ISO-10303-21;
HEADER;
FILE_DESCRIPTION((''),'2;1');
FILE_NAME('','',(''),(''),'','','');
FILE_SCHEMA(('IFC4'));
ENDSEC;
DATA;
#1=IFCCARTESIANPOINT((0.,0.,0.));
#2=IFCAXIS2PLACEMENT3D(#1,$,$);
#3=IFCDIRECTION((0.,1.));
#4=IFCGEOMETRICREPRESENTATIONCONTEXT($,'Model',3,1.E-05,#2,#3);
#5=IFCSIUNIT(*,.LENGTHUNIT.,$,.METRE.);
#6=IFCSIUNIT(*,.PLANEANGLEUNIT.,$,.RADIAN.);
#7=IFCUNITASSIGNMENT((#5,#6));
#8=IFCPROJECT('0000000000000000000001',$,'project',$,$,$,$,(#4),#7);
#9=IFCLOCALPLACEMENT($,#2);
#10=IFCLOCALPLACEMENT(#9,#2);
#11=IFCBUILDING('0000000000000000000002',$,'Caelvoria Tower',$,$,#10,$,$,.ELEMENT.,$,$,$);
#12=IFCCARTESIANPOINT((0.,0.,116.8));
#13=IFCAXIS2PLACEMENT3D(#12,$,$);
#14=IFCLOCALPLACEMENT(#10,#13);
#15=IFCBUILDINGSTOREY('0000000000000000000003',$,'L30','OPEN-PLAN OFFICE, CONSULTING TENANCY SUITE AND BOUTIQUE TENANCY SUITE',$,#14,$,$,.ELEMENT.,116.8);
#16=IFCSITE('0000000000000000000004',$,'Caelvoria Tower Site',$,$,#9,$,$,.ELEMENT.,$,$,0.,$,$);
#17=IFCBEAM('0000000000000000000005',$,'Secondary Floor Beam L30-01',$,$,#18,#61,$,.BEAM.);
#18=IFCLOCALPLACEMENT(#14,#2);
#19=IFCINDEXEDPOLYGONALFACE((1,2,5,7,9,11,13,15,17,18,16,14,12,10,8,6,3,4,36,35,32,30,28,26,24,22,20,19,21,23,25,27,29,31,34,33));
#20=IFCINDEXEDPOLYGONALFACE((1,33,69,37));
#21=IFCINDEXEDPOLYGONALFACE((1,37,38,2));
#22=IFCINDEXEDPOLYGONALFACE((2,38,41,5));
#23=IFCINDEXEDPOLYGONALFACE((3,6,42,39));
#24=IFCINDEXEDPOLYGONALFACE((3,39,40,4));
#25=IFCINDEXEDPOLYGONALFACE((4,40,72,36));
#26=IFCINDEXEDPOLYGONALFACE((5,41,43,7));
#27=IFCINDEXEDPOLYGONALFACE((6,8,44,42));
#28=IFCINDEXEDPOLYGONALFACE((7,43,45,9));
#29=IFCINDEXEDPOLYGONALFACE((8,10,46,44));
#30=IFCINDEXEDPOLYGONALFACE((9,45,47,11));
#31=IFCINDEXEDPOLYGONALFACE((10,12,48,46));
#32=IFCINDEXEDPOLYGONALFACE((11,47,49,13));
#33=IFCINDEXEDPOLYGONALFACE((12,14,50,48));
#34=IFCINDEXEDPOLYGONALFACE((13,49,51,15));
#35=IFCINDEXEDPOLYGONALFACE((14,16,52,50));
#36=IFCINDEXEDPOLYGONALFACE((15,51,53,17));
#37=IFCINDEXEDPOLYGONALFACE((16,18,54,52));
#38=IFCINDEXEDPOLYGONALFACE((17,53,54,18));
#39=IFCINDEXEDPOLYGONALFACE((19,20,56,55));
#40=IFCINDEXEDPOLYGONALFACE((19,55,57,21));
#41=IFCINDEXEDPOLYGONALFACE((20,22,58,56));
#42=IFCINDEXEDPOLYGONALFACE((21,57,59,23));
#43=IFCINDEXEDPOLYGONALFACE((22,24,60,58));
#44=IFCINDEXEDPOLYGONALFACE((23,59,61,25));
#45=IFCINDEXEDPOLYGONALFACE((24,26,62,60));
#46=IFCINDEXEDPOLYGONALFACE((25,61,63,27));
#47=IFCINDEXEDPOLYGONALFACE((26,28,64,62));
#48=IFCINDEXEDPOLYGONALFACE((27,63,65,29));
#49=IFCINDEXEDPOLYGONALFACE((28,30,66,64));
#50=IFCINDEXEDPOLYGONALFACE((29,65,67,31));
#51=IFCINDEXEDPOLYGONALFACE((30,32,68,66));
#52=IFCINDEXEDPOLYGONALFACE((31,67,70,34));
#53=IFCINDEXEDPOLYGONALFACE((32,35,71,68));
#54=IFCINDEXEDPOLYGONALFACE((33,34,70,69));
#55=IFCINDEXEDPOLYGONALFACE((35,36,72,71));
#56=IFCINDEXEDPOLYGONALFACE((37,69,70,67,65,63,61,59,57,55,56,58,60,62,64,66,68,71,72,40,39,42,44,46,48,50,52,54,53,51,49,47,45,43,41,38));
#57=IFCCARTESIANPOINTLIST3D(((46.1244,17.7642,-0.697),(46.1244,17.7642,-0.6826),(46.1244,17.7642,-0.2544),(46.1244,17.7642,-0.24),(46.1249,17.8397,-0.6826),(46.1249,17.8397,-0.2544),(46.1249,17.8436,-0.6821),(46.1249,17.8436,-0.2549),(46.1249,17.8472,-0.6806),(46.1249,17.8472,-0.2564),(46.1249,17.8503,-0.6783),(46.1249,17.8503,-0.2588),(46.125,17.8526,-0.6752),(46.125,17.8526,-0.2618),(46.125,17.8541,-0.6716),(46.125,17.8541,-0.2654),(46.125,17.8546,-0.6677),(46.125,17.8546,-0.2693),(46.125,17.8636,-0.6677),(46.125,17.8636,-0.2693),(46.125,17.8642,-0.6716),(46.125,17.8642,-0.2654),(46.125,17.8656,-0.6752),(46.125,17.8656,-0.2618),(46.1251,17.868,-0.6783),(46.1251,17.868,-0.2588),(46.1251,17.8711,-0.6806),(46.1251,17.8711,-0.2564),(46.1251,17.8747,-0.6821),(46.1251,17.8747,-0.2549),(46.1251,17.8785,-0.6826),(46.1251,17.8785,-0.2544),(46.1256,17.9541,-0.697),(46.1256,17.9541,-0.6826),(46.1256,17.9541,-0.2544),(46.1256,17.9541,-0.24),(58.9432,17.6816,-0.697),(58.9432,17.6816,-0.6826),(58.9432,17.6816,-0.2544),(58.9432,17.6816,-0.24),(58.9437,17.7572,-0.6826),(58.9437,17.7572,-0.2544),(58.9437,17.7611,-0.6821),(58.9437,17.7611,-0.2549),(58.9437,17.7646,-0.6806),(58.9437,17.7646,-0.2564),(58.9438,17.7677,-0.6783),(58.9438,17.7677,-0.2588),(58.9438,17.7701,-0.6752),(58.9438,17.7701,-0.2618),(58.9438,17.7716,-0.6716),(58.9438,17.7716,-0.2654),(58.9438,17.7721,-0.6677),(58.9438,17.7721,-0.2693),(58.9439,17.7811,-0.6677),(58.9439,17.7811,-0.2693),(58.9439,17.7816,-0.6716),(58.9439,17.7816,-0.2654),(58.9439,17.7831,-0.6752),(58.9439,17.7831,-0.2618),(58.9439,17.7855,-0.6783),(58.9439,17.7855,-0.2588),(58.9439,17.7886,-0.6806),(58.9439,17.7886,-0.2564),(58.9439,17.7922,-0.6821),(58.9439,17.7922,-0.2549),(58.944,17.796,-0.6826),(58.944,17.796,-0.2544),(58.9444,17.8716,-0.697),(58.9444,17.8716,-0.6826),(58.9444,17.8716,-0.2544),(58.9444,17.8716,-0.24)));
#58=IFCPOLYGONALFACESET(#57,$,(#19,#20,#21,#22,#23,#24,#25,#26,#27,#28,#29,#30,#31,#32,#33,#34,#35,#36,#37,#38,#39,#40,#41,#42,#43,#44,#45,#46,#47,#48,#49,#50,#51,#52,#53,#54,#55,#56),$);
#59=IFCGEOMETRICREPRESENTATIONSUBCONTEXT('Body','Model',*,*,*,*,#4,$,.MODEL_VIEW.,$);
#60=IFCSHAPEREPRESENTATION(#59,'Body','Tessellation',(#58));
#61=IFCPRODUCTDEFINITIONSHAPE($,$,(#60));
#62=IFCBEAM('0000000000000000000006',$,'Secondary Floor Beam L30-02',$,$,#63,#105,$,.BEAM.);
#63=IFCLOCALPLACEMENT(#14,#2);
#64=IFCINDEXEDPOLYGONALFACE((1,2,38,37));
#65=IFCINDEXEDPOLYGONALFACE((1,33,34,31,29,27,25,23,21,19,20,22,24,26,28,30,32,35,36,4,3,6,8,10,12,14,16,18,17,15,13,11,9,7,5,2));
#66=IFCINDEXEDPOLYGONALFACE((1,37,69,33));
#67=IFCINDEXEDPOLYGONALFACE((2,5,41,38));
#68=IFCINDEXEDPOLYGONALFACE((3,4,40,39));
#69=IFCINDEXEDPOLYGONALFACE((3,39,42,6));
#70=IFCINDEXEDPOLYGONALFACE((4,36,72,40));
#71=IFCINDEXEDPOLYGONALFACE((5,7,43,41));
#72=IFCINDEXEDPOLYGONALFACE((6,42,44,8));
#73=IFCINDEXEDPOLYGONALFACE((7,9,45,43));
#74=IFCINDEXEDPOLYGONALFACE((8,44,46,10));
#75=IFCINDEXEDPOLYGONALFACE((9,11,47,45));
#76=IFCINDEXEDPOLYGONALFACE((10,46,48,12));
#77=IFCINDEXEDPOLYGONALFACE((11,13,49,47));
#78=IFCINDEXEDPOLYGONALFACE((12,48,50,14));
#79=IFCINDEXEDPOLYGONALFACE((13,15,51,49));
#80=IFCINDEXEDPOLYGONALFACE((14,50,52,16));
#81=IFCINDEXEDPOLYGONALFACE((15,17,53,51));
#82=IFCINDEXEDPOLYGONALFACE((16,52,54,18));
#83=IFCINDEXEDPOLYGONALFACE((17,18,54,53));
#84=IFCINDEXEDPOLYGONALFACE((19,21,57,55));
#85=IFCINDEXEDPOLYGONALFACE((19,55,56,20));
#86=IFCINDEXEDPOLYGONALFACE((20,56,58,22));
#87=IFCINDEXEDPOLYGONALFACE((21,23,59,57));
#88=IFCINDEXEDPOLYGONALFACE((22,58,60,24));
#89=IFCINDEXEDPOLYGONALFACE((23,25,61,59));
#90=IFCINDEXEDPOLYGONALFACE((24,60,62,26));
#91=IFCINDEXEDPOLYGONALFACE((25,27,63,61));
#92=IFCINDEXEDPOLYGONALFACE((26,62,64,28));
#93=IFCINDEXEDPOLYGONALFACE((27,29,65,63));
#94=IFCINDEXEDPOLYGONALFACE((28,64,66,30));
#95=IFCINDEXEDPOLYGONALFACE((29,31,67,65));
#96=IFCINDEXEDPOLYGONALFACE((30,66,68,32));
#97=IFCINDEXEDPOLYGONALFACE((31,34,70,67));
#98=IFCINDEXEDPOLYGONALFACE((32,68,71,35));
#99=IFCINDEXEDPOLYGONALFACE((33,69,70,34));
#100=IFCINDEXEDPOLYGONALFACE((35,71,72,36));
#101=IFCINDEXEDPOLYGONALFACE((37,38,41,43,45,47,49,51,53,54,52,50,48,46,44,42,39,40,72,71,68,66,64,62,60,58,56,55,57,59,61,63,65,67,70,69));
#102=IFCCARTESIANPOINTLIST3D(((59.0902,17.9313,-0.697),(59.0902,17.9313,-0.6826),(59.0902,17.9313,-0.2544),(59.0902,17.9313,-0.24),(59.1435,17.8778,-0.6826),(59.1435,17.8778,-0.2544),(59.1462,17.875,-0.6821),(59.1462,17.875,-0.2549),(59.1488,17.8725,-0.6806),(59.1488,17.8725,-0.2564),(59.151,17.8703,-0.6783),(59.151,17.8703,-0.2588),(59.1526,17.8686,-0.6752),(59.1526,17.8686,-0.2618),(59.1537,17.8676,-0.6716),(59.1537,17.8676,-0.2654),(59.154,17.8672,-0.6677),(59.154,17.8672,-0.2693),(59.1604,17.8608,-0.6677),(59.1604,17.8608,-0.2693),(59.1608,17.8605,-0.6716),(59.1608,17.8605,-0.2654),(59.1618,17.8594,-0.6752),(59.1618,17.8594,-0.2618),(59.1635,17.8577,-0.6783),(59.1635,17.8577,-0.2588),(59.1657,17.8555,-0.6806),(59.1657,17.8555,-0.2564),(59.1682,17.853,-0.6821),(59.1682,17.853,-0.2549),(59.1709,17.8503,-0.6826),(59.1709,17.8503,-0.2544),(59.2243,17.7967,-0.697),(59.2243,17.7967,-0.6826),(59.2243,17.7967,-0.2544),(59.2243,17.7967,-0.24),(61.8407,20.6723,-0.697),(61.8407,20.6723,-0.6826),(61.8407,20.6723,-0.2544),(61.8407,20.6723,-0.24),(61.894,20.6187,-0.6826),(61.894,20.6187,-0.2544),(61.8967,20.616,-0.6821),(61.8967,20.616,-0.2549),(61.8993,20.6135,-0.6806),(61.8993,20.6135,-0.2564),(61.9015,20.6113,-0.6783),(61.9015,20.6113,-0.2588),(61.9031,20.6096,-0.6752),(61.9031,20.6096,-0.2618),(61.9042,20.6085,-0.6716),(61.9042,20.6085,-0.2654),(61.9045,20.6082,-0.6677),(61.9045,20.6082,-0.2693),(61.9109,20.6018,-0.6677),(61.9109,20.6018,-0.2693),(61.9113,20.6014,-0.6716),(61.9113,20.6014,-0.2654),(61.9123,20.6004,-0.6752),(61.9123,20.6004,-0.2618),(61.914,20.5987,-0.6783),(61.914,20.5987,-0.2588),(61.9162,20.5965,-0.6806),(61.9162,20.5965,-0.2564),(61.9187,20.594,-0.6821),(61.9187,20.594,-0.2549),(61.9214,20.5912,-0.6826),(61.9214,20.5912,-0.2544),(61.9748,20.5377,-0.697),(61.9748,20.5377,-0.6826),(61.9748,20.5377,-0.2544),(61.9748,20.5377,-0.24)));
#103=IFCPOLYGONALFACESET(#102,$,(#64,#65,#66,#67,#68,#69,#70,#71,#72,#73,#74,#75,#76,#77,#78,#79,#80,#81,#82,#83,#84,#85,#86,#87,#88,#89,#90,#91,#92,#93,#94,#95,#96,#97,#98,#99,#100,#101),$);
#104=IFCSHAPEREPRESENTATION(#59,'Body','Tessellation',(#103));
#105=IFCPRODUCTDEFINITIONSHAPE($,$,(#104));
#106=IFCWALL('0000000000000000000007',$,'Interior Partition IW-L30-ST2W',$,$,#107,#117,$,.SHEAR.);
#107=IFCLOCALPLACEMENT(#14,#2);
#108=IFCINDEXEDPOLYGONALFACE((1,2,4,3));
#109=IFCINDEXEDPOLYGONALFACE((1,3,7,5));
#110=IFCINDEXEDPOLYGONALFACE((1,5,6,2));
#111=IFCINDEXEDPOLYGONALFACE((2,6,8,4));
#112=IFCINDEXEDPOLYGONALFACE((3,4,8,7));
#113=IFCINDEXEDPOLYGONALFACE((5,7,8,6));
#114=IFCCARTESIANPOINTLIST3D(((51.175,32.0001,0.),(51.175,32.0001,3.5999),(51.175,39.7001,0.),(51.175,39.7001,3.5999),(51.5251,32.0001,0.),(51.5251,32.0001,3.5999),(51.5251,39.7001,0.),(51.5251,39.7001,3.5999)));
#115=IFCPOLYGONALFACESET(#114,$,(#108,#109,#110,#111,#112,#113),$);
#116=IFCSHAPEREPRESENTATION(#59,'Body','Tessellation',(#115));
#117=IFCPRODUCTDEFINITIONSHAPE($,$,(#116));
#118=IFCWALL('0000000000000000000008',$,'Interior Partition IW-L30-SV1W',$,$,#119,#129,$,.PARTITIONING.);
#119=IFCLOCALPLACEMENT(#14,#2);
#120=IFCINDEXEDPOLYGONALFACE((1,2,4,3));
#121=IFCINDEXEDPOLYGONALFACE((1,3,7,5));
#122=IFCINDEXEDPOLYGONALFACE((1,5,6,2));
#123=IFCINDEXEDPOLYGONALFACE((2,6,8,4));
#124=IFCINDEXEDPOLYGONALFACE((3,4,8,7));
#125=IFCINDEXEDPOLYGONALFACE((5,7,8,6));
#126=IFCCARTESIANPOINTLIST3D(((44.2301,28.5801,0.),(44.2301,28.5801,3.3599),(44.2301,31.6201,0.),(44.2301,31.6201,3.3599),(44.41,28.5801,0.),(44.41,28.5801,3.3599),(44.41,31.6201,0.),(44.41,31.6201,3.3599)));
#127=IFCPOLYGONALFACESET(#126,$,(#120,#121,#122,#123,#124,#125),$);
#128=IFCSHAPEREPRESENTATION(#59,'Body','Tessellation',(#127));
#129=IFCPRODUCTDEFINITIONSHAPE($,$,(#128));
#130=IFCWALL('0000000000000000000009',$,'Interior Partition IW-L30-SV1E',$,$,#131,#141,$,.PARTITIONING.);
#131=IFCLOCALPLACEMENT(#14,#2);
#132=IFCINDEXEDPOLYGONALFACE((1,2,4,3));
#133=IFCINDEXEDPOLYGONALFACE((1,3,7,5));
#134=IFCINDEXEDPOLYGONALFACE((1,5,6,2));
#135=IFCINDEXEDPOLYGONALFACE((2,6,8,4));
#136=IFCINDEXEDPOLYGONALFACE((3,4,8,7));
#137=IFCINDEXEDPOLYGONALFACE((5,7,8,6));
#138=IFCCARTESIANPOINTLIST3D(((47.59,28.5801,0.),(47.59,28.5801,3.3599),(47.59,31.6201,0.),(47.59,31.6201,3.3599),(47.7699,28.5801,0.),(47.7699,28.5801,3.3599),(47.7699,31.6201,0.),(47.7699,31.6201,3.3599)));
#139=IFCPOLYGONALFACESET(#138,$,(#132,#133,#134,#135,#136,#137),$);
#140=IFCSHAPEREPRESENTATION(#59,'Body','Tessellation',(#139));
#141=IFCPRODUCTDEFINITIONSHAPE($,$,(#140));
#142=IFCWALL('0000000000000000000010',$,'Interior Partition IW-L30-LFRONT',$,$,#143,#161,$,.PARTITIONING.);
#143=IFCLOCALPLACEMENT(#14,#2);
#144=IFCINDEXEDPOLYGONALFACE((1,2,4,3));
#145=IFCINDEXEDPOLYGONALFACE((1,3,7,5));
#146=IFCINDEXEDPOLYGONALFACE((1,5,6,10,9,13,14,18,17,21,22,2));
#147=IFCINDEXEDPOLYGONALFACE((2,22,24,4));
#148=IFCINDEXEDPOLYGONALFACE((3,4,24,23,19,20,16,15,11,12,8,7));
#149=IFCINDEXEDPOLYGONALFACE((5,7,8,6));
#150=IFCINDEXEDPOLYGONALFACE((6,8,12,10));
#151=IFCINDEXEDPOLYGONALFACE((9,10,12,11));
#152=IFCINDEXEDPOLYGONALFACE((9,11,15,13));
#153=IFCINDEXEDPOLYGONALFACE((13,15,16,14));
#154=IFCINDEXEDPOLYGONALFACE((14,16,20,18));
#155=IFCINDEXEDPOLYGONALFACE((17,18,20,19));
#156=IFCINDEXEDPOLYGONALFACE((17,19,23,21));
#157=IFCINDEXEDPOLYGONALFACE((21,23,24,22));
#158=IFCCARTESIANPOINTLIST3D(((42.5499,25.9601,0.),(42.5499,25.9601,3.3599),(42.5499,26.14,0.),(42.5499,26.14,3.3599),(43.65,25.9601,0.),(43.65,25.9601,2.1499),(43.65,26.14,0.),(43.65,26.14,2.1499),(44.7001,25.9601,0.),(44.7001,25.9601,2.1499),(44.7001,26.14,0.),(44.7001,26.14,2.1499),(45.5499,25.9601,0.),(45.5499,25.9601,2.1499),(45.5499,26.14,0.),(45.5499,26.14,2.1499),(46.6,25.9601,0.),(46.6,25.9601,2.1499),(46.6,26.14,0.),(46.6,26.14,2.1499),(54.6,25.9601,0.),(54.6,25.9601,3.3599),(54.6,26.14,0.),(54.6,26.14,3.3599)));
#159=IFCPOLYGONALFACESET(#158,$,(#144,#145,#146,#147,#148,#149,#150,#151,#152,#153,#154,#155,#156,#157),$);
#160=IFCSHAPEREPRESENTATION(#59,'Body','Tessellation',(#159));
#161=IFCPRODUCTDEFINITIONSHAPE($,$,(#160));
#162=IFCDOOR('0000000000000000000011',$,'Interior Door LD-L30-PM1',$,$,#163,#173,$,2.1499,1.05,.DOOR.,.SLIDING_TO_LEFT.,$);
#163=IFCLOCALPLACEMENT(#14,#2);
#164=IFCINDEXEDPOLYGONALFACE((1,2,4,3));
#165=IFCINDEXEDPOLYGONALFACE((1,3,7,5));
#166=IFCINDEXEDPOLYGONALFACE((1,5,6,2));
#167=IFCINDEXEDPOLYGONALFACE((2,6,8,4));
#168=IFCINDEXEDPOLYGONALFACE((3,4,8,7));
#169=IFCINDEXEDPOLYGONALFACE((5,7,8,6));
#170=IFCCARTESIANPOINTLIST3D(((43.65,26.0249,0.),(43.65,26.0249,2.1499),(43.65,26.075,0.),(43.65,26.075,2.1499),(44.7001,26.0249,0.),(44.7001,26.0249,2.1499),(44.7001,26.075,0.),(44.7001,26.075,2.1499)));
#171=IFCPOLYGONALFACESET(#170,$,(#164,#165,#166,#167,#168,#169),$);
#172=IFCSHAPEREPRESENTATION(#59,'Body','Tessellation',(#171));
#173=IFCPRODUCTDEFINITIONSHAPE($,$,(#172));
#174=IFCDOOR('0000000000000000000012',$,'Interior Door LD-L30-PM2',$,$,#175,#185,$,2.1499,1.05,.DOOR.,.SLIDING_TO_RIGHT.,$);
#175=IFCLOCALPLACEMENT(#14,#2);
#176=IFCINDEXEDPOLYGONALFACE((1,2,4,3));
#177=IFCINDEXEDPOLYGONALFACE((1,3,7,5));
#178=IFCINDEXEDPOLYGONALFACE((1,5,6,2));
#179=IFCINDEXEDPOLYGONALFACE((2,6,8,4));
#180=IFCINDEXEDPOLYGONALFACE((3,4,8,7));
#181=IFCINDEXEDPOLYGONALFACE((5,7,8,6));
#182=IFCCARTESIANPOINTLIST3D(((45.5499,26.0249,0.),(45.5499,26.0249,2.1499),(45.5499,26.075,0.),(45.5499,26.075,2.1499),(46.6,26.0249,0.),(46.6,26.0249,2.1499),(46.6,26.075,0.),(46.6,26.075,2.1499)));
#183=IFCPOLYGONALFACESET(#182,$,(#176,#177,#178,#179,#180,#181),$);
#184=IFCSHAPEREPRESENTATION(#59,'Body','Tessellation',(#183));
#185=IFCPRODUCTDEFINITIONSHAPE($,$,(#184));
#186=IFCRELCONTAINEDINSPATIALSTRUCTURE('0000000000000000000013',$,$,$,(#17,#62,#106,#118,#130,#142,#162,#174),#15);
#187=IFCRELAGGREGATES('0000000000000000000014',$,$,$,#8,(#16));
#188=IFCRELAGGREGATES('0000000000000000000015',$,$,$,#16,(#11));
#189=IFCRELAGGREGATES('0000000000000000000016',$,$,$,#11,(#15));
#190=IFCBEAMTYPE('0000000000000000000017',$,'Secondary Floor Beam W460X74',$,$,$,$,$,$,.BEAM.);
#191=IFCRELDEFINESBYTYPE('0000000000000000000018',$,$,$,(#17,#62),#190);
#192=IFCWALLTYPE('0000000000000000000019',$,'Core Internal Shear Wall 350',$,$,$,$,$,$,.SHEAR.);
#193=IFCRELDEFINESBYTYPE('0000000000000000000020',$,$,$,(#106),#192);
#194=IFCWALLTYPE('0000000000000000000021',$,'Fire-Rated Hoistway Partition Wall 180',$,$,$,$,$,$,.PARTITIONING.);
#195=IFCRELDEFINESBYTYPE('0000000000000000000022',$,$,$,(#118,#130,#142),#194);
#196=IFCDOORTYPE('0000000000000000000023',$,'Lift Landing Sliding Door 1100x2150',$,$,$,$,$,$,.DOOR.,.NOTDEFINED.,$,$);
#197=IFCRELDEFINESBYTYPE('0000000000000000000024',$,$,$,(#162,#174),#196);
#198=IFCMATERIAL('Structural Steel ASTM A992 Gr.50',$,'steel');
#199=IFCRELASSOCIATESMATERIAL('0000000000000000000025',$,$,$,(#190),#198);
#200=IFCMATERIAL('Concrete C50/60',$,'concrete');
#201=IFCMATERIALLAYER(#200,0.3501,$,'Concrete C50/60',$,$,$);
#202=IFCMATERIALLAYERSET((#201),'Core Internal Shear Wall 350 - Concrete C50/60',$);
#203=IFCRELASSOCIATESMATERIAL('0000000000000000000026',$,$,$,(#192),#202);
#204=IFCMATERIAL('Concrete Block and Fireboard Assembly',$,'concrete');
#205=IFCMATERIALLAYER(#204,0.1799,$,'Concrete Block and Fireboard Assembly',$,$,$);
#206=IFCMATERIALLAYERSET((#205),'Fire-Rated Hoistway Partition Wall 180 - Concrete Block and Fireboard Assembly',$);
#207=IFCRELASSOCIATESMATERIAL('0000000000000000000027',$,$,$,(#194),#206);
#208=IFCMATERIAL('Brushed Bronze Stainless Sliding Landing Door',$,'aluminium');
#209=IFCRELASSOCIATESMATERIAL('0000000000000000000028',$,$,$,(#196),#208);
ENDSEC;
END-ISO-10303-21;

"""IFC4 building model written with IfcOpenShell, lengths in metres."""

from ifc_helpers import new_model, si_unit, direction, frame, frame_2d, origin, origin_2d, place, context, subcontext, project, spatial, rectangle, i_section, extrude, material, layer, layer_set, material_profile, profile_set, type_object, element, fill, save


model = new_model("IFC4")

# Units and contexts
model_context = context("Model", 3, precision=1e-05, world=origin(), true_north=direction((0.0, 1.0)))
body_context = subcontext(model_context, "Body", "Model", "MODEL_VIEW")
ifc_project = project(units=[si_unit("LENGTHUNIT", "METRE"), si_unit("PLANEANGLEUNIT", "RADIAN")], contexts=[model_context])

# Site, building, storey
site_placement = place(None, origin())
site = spatial("IfcSite", under=ifc_project, at=site_placement, Name="Caelvoria Tower Site", CompositionType="ELEMENT", RefElevation=0.0)
building_placement = place(site_placement, origin())
building = spatial("IfcBuilding", under=site, at=building_placement, Name="Caelvoria Tower", CompositionType="ELEMENT")
storey_placement = place(building_placement, frame((0.0, 0.0, 116.8)))
storey = spatial("IfcBuildingStorey", under=building, at=storey_placement, Name="L30", Description="OPEN-PLAN OFFICE, CONSULTING TENANCY SUITE AND BOUTIQUE TENANCY SUITE", CompositionType="ELEMENT", Elevation=116.8)

# Beams
ifc_material_1 = material(Name="Structural Steel ASTM A992 Gr.50", Category="steel")
ifc_material_profile_1 = material_profile(ifc_material_1, i_section(OverallWidth=0.1899, OverallDepth=0.457, WebThickness=0.009, FlangeThickness=0.0144, FilletRadius=0.0149, at=origin_2d()), Name="Structural Steel ASTM A992 Gr.50")
ifc_profile_set_1 = profile_set([ifc_material_profile_1], Name="W460X74 - Structural Steel ASTM A992 Gr.50")
beam_type_1 = type_object("IfcBeamType", Name="Secondary Floor Beam W460X74", PredefinedType="BEAM", material=ifc_profile_set_1)
beam_1_placement = place(storey_placement, frame((46.125, 17.8591, -0.4685), z_axis=(0.999979, -0.006437, 0.0), x_axis=(0.006437, 0.999979, 0.0)))
element("IfcBeam", 1, at=beam_1_placement, inside=storey, type_object=beam_type_1, Name="Secondary Floor Beam L30-01", PredefinedType="BEAM", context=body_context, shape_type="SweptSolid", body=[
    extrude(i_section(OverallWidth=0.1899, OverallDepth=0.457, WebThickness=0.009, FlangeThickness=0.0144, FilletRadius=0.0149, at=origin_2d()), origin(), (0.0, 0.0, 1.0), 12.8191),
])
beam_2_placement = place(storey_placement, frame((59.1572, 17.864, -0.4685), z_axis=(0.708332, 0.70588, 0.0), x_axis=(-0.70588, 0.708332, 0.0)))
element("IfcBeam", 2, at=beam_2_placement, inside=storey, type_object=beam_type_1, Name="Secondary Floor Beam L30-02", PredefinedType="BEAM", context=body_context, shape_type="SweptSolid", body=[
    extrude(i_section(OverallWidth=0.1899, OverallDepth=0.457, WebThickness=0.009, FlangeThickness=0.0144, FilletRadius=0.0149, at=origin_2d()), origin(), (0.0, 0.0, 1.0), 3.8831),
])

# Walls
ifc_material_2 = material(Name="Concrete C50/60", Category="concrete")
ifc_layer_1 = layer(ifc_material_2, 0.3501, Name="Concrete C50/60")
ifc_layer_set_1 = layer_set([ifc_layer_1], Name="Core Internal Shear Wall 350 - Concrete C50/60")
wall_type_1 = type_object("IfcWallType", Name="Core Internal Shear Wall 350", PredefinedType="SHEAR", material=ifc_layer_set_1)
wall_1_placement = place(storey_placement, frame((51.3501, 32.0, 0.0), z_axis=(0.0, 0.0, 1.0), x_axis=(0.0, 1.0, 0.0)))
element("IfcWall", 3, at=wall_1_placement, inside=storey, type_object=wall_type_1, Name="Interior Partition IW-L30-ST2W", PredefinedType="SHEAR", context=body_context, shape_type="SweptSolid", body=[
    extrude(rectangle(XDim=7.7, YDim=0.3501, at=frame_2d((3.8501, 0.0))), origin(), (0.0, 0.0, 1.0), 3.5999),
])
ifc_material_3 = material(Name="Concrete Block and Fireboard Assembly", Category="concrete")
ifc_layer_2 = layer(ifc_material_3, 0.1799, Name="Concrete Block and Fireboard Assembly")
ifc_layer_set_2 = layer_set([ifc_layer_2], Name="Fire-Rated Hoistway Partition Wall 180 - Concrete Block and Fireboard Assembly")
wall_type_2 = type_object("IfcWallType", Name="Fire-Rated Hoistway Partition Wall 180", PredefinedType="PARTITIONING", material=ifc_layer_set_2)
for number, where, z_axis, x_axis, name in (
    (4, (44.3201, 28.5801, 0.0), (0.0, 0.0, 1.0), (0.0, 1.0, 0.0), "Interior Partition IW-L30-SV1W"),
    (5, (47.6799, 28.5801, 0.0), (0.0, 0.0, 1.0), (0.0, 1.0, 0.0), "Interior Partition IW-L30-SV1E"),
):
    element("IfcWall", number, at=place(storey_placement, frame(where, z_axis=z_axis, x_axis=x_axis)), inside=storey, type_object=wall_type_2, Name=name, PredefinedType="PARTITIONING", context=body_context, shape_type="SweptSolid", body=[
        extrude(rectangle(XDim=3.04, YDim=0.1799, at=frame_2d((1.52, 0.0))), origin(), (0.0, 0.0, 1.0), 3.3599),
    ])

# Wall, openings, doors
wall_2_placement = place(storey_placement, frame((42.55, 26.05, 0.0), z_axis=(0.0, 0.0, 1.0), x_axis=(1.0, 0.0, 0.0)))
wall_2 = element("IfcWall", 6, at=wall_2_placement, inside=storey, type_object=wall_type_2, Name="Interior Partition IW-L30-LFRONT", PredefinedType="PARTITIONING", context=body_context, shape_type="SweptSolid", body=[
    extrude(rectangle(XDim=12.05, YDim=0.1799, at=frame_2d((6.0249, 0.0))), origin(), (0.0, 0.0, 1.0), 3.3599),
])
opening_1_placement = place(wall_2_placement, frame((1.1001, 0.0, 0.0)))
opening_1 = element("IfcOpeningElement", 7, at=opening_1_placement, cuts=wall_2, PredefinedType="OPENING", context=body_context, shape_type="SweptSolid", body=[
    extrude(rectangle(XDim=1.05, YDim=2.1499, at=frame_2d((0.5249, 1.075))), frame((0.0, 0.0999, 0.0), z_axis=(0.0, -1.0, 0.0), x_axis=(1.0, 0.0, 0.0)), (0.0, 0.0, 1.0), 0.2),
])
opening_2_placement = place(wall_2_placement, frame((3.0, 0.0, 0.0)))
opening_2 = element("IfcOpeningElement", 8, at=opening_2_placement, cuts=wall_2, PredefinedType="OPENING", context=body_context, shape_type="SweptSolid", body=[
    extrude(rectangle(XDim=1.05, YDim=2.1499, at=frame_2d((0.5249, 1.075))), frame((0.0, 0.0999, 0.0), z_axis=(0.0, -1.0, 0.0), x_axis=(1.0, 0.0, 0.0)), (0.0, 0.0, 1.0), 0.2),
])
ifc_material_4 = material(Name="Brushed Bronze Stainless Sliding Landing Door", Category="aluminium")
door_type_1 = type_object("IfcDoorType", Name="Lift Landing Sliding Door 1100x2150", OperationType="NOTDEFINED", PredefinedType="DOOR", material=ifc_material_4)
door_1_placement = place(opening_1_placement, origin())
door_1 = element("IfcDoor", 9, at=door_1_placement, inside=storey, type_object=door_type_1, Name="Interior Door LD-L30-PM1", OperationType="SLIDING_TO_LEFT", OverallHeight=2.1499, OverallWidth=1.05, PredefinedType="DOOR", context=body_context, shape_type="SweptSolid", body=[
    extrude(rectangle(XDim=1.05, YDim=2.1499, at=frame_2d((0.5249, 1.075))), frame((0.0, 0.0249, 0.0), z_axis=(0.0, -1.0, 0.0), x_axis=(1.0, 0.0, 0.0)), (0.0, 0.0, 1.0), 0.05),
])
fill(opening_1, door_1)
door_2_placement = place(opening_2_placement, origin())
door_2 = element("IfcDoor", 10, at=door_2_placement, inside=storey, type_object=door_type_1, Name="Interior Door LD-L30-PM2", OperationType="SLIDING_TO_RIGHT", OverallHeight=2.1499, OverallWidth=1.05, PredefinedType="DOOR", context=body_context, shape_type="SweptSolid", body=[
    extrude(rectangle(XDim=1.05, YDim=2.1499, at=frame_2d((0.5249, 1.075))), frame((0.0, 0.0249, 0.0), z_axis=(0.0, -1.0, 0.0), x_axis=(1.0, 0.0, 0.0)), (0.0, 0.0, 1.0), 0.05),
])
fill(opening_2, door_2)

save(model, "model.ifc")
